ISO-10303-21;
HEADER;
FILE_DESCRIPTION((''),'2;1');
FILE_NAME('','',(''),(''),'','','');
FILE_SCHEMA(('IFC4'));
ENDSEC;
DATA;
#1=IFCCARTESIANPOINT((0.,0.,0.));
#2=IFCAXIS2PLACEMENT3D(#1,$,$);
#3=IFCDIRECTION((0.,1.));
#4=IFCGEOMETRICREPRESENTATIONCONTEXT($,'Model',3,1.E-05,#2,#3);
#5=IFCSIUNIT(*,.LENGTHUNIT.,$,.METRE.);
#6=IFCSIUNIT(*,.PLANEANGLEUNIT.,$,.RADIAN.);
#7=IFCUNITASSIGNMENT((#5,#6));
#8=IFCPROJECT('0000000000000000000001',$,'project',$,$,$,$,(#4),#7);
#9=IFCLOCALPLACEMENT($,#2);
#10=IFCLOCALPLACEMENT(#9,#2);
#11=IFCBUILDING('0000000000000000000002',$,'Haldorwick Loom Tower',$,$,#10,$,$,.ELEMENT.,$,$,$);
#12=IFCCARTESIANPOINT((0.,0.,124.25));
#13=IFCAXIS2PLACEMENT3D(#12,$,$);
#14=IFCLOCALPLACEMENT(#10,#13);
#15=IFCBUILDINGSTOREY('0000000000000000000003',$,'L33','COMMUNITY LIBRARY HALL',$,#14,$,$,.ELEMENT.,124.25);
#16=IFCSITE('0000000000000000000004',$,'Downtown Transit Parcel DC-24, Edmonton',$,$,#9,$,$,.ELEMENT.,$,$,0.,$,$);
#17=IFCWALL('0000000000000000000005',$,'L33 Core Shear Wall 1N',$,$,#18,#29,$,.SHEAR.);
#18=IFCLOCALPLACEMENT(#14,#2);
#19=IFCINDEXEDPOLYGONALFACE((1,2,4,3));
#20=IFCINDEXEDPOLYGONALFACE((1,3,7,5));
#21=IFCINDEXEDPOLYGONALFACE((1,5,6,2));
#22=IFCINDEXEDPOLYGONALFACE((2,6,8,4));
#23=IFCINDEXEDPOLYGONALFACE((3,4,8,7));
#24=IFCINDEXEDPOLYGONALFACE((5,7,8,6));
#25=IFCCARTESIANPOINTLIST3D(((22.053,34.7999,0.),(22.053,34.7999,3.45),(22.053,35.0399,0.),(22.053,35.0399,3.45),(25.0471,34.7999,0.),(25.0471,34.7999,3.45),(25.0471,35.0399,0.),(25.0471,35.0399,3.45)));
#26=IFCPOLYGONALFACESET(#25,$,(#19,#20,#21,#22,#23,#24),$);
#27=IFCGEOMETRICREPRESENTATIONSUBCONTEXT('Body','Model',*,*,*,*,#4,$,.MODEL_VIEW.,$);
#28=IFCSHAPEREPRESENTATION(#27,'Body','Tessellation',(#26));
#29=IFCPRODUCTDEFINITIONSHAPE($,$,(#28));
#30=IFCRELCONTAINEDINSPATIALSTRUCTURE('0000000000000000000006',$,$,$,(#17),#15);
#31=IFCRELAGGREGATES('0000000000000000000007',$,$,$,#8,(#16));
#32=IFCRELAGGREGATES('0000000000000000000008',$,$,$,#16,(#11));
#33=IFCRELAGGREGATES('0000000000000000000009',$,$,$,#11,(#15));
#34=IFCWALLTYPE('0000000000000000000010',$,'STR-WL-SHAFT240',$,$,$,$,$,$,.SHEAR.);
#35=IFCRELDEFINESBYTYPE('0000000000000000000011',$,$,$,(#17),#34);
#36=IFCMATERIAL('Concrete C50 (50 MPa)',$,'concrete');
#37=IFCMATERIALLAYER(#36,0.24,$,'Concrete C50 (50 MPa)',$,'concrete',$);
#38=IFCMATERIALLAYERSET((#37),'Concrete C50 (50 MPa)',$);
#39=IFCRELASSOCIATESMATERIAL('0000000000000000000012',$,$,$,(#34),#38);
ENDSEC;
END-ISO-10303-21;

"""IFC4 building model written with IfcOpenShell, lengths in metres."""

from ifc_helpers import new_model, si_unit, direction, frame, frame_2d, origin, place, context, subcontext, project, spatial, rectangle, extrude, material, layer, layer_set, type_object, element, save


model = new_model("IFC4")

# Units and contexts
model_context = context("Model", 3, precision=1e-05, world=origin(), true_north=direction((0.0, 1.0)))
body_context = subcontext(model_context, "Body", "Model", "MODEL_VIEW")
ifc_project = project(units=[si_unit("LENGTHUNIT", "METRE"), si_unit("PLANEANGLEUNIT", "RADIAN")], contexts=[model_context])

# Site, building, storey
site_placement = place(None, origin())
site = spatial("IfcSite", under=ifc_project, at=site_placement, Name="Downtown Transit Parcel DC-24, Edmonton", CompositionType="ELEMENT", RefElevation=0.0)
building_placement = place(site_placement, origin())
building = spatial("IfcBuilding", under=site, at=building_placement, Name="Haldorwick Loom Tower", CompositionType="ELEMENT")
storey_placement = place(building_placement, frame((0.0, 0.0, 124.25)))
storey = spatial("IfcBuildingStorey", under=building, at=storey_placement, Name="L33", Description="COMMUNITY LIBRARY HALL", CompositionType="ELEMENT", Elevation=124.25)

# Wall
ifc_material_1 = material(Name="Concrete C50 (50 MPa)", Category="concrete")
ifc_layer_1 = layer(ifc_material_1, 0.24, Name="Concrete C50 (50 MPa)", Category="concrete")
ifc_layer_set_1 = layer_set([ifc_layer_1], Name="Concrete C50 (50 MPa)")
wall_type_1 = type_object("IfcWallType", Name="STR-WL-SHAFT240", PredefinedType="SHEAR", material=ifc_layer_set_1)
wall_1_placement = place(storey_placement, frame((22.053, 34.9199, 0.0), z_axis=(0.0, 0.0, 1.0), x_axis=(1.0, 0.0, 0.0)))
element("IfcWall", 1, at=wall_1_placement, inside=storey, type_object=wall_type_1, Name="L33 Core Shear Wall 1N", PredefinedType="SHEAR", context=body_context, shape_type="SweptSolid", body=[
    extrude(rectangle(XDim=2.9941, YDim=0.24, at=frame_2d((1.4971, 0.0))), origin(), (0.0, 0.0, 1.0), 3.45),
])

save(model, "model.ifc")
